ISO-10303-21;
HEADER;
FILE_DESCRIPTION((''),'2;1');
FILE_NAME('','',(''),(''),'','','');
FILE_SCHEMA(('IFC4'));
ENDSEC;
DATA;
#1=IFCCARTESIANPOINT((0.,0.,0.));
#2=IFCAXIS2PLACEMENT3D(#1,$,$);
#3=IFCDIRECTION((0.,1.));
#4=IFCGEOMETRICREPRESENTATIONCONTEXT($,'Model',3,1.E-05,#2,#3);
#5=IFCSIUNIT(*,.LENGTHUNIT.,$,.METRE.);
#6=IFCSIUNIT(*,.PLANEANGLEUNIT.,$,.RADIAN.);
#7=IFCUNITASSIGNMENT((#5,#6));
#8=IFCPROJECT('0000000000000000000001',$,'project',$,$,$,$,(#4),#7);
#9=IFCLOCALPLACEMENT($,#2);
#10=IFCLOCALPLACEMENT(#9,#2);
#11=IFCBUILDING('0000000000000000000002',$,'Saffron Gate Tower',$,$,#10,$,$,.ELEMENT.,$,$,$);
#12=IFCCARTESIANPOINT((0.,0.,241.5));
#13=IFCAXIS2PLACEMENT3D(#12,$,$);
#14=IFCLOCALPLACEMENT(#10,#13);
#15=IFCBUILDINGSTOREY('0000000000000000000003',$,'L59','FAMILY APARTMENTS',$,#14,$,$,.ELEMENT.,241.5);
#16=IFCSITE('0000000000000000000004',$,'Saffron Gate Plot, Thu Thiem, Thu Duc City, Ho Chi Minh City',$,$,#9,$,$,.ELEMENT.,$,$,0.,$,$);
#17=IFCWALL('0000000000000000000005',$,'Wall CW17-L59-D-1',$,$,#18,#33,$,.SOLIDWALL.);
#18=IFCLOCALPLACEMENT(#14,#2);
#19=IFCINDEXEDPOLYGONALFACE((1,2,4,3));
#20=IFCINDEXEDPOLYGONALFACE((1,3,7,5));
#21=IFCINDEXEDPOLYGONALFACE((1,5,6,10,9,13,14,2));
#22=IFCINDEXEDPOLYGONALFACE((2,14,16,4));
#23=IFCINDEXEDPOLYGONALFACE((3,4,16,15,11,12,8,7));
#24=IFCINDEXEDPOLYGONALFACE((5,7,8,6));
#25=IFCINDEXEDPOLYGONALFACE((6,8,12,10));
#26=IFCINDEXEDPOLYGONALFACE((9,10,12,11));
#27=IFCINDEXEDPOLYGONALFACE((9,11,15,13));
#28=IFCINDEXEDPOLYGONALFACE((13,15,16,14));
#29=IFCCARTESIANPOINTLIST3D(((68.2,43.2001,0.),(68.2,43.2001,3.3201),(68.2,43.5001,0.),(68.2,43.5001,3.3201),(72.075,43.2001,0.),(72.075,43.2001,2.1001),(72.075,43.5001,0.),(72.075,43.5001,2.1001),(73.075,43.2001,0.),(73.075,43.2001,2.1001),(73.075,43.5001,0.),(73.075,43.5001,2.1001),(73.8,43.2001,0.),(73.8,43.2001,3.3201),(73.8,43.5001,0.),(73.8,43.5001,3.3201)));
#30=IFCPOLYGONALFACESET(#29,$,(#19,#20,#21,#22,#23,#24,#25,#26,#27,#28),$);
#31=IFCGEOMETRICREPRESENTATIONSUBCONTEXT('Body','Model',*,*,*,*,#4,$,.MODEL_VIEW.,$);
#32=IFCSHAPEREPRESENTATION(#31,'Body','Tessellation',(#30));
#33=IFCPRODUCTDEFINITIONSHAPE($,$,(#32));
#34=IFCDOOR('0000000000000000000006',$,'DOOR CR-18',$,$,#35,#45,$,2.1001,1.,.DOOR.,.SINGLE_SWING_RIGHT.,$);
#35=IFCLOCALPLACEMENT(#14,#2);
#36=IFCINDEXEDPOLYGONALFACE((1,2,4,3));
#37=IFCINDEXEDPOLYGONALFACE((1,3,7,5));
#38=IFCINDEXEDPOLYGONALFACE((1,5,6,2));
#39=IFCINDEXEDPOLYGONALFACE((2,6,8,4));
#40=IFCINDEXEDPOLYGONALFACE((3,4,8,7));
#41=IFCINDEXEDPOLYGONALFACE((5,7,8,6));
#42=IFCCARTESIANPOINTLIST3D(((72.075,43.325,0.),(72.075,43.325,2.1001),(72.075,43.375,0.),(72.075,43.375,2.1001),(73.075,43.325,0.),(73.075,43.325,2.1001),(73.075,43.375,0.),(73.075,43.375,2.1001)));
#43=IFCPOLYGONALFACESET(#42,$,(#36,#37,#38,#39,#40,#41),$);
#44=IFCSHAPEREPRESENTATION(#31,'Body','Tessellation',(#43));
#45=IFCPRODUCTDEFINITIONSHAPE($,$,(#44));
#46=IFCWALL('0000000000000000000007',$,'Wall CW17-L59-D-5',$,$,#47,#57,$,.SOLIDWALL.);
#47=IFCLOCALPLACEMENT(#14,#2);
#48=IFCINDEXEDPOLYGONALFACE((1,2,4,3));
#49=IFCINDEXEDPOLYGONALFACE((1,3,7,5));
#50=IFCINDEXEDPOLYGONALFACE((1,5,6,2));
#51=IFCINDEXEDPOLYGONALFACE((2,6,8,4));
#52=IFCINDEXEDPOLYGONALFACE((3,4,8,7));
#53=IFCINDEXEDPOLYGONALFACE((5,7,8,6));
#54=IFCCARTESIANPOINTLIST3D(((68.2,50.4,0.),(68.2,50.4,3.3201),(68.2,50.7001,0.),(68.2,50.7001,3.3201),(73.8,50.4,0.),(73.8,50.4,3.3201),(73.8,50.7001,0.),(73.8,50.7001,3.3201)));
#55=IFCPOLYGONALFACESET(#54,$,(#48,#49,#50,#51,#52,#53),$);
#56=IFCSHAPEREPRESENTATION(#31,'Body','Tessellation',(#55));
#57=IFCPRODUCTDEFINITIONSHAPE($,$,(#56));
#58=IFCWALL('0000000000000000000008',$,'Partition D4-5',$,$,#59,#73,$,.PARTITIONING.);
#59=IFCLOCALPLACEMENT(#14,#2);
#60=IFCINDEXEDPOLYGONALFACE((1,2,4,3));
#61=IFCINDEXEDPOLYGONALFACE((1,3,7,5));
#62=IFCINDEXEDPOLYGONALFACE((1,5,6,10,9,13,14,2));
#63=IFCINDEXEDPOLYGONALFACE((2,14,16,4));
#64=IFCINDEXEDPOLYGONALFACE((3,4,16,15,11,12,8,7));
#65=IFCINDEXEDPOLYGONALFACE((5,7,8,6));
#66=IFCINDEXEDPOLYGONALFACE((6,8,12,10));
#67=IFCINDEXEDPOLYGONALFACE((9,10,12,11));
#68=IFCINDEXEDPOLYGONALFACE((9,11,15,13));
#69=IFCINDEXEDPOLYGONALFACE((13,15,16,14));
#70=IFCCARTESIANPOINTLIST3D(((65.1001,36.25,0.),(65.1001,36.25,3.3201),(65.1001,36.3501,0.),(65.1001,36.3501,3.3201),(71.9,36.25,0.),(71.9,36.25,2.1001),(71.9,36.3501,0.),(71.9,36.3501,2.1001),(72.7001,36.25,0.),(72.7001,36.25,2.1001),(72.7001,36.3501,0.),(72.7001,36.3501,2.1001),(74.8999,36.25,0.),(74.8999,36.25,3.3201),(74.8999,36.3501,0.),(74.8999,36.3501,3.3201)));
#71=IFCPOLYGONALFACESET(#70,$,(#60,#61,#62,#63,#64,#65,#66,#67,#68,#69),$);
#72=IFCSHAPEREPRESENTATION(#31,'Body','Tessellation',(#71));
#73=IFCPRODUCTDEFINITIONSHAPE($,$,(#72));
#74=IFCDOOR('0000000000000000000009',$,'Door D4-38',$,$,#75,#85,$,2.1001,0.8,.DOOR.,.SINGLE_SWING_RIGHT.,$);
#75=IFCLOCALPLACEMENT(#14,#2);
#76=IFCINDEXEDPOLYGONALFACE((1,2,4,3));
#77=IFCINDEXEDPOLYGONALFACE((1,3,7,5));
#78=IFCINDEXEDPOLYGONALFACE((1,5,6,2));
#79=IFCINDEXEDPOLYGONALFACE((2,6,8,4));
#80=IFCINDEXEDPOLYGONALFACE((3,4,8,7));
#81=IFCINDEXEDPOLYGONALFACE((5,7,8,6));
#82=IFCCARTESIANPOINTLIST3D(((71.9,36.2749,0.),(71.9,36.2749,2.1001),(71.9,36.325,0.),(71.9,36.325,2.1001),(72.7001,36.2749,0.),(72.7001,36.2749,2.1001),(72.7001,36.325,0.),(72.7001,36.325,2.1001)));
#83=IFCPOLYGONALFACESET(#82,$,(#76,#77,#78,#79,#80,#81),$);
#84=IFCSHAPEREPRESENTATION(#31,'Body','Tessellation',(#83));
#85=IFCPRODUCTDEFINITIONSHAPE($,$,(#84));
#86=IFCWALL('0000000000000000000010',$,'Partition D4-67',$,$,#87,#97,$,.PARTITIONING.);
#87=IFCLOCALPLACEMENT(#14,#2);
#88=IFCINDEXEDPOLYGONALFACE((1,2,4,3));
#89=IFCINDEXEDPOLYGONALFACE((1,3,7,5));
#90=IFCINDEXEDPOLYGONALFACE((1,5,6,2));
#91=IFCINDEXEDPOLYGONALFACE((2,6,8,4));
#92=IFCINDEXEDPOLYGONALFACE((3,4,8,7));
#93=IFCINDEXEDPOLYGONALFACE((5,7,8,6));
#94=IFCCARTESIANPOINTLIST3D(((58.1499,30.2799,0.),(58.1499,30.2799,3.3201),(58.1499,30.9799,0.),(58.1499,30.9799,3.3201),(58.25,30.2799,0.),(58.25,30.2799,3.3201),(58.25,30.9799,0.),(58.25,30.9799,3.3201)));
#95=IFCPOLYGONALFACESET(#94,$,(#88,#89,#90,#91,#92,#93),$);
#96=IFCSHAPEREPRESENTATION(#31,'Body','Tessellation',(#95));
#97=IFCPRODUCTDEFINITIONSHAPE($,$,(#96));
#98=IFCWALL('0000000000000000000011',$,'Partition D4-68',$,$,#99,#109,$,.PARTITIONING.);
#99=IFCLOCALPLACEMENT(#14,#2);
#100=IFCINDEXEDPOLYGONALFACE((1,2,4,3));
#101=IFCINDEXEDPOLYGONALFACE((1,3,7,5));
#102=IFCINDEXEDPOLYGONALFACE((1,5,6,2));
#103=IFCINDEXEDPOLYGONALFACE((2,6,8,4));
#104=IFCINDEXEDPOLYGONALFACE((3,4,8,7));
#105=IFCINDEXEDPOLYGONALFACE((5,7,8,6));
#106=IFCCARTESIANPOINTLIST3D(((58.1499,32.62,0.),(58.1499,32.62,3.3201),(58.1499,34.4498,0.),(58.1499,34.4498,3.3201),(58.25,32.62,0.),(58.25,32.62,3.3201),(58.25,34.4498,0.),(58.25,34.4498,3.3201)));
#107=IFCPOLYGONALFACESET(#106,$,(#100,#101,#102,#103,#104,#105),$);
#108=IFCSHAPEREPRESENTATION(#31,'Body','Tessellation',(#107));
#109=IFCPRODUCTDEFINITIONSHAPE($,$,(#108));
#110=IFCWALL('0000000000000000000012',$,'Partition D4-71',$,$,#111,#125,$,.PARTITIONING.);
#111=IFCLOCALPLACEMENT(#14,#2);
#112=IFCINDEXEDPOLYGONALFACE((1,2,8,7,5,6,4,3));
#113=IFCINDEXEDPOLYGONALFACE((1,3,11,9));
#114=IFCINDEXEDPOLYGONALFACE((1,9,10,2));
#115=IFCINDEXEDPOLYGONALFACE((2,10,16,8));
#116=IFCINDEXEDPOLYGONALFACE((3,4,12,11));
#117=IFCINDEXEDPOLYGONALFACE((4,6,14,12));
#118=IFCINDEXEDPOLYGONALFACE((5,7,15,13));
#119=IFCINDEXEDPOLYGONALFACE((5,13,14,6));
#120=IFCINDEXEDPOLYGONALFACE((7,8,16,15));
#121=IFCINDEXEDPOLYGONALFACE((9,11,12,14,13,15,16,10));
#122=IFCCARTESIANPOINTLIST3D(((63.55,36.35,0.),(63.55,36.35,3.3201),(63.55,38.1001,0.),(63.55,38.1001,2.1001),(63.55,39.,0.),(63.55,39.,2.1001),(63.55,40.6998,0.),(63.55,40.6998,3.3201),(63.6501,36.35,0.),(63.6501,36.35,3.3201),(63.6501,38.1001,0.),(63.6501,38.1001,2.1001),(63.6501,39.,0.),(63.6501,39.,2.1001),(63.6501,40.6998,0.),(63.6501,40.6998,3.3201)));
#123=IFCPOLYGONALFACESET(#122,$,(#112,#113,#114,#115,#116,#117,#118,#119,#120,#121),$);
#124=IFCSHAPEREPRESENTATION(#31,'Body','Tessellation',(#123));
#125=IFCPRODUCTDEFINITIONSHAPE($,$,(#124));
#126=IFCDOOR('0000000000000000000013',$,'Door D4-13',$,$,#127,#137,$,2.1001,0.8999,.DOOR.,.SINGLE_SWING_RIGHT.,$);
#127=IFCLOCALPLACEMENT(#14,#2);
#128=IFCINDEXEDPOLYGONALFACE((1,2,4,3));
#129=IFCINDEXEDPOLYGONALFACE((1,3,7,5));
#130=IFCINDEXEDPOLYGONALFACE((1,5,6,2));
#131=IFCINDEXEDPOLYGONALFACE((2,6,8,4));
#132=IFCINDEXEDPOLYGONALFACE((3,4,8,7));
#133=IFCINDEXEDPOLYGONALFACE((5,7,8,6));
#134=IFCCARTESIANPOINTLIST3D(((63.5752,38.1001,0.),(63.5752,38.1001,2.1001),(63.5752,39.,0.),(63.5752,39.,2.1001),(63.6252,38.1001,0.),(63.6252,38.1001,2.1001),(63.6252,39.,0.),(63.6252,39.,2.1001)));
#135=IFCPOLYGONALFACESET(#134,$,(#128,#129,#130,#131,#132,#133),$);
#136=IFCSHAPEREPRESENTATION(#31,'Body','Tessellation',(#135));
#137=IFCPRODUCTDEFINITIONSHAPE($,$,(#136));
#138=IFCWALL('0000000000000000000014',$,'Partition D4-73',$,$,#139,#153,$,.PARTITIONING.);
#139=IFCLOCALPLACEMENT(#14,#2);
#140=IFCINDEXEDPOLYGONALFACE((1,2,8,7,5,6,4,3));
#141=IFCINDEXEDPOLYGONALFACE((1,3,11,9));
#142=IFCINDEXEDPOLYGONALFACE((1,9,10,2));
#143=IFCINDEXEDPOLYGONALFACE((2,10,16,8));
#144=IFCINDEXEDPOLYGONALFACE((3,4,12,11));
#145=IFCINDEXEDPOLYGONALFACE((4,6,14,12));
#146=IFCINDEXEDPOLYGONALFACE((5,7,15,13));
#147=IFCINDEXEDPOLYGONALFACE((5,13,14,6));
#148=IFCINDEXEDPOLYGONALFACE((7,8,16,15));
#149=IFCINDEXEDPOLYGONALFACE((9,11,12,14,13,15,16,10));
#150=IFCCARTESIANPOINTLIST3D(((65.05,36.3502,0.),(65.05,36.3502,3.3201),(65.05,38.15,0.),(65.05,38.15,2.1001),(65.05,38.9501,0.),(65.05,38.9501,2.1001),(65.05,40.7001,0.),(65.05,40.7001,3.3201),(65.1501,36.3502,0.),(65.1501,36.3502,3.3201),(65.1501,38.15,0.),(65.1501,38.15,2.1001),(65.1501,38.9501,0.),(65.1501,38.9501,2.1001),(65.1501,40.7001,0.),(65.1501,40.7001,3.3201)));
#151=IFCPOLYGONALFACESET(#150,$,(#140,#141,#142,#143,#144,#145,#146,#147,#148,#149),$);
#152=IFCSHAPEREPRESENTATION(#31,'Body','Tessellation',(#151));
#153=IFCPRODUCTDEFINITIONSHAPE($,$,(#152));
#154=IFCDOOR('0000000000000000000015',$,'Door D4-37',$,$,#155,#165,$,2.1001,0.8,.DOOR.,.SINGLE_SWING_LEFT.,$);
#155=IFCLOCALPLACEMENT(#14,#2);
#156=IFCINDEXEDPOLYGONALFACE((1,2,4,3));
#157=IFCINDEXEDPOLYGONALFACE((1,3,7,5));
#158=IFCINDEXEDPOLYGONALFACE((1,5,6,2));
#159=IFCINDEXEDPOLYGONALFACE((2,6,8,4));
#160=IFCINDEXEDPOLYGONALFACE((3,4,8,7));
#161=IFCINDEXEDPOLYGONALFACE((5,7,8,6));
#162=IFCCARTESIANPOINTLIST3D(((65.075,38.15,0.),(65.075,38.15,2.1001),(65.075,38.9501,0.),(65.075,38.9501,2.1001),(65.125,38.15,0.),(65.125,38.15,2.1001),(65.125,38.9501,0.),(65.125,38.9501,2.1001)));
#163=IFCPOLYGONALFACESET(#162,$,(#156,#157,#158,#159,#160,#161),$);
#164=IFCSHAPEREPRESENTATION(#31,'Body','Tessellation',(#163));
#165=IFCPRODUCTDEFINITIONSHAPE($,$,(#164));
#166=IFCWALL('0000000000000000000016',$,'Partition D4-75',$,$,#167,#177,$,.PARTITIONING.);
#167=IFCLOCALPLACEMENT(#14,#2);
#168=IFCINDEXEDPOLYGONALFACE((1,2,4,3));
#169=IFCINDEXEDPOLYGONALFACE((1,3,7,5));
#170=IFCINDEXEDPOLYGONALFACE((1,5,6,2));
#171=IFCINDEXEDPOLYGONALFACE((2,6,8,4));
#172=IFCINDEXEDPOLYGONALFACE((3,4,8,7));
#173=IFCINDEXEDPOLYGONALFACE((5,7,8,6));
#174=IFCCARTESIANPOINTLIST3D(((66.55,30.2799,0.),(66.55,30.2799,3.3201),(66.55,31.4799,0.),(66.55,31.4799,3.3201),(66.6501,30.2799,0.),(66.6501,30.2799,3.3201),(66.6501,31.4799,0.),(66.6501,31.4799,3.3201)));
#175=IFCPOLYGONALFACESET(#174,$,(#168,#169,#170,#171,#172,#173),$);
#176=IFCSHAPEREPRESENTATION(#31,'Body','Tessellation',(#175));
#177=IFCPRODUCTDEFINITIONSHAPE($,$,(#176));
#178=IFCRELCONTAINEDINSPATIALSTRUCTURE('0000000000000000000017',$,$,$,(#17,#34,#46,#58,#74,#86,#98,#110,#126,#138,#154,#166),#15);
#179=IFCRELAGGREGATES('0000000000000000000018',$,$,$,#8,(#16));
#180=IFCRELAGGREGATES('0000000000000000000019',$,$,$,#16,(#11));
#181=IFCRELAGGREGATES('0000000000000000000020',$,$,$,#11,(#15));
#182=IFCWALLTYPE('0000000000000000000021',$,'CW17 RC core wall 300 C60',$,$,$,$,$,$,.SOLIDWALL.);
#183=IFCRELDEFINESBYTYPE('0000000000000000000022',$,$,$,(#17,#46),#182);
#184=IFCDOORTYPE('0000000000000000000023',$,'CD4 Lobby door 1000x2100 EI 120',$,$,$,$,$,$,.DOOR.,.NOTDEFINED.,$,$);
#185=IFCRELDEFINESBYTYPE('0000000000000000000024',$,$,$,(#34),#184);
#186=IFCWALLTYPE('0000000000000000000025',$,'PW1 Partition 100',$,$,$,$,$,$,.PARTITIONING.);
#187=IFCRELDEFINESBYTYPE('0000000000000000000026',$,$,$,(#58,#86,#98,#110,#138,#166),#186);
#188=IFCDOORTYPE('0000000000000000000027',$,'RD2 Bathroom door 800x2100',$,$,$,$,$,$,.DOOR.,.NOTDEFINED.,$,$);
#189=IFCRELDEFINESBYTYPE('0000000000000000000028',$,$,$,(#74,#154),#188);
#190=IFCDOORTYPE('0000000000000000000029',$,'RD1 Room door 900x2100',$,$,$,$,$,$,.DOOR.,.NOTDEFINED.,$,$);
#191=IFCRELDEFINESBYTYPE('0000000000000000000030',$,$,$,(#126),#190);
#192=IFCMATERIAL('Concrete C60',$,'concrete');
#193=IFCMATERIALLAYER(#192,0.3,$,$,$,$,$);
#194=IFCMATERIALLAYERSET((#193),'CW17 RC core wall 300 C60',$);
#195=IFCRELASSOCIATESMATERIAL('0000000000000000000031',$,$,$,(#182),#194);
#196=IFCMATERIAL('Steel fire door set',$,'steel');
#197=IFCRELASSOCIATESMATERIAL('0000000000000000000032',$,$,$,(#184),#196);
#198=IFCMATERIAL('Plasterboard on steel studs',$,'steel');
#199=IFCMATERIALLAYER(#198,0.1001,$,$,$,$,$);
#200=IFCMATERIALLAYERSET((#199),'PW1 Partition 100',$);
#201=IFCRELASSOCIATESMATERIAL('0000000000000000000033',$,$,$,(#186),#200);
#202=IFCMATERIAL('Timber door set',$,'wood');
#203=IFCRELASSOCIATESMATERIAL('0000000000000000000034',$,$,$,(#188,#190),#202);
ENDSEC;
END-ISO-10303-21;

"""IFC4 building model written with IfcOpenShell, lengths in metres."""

from ifc_helpers import new_model, si_unit, direction, frame, frame_2d, origin, place, context, subcontext, project, spatial, rectangle, extrude, material, layer, layer_set, type_object, element, fill, save


model = new_model("IFC4")

# Units and contexts
model_context = context("Model", 3, precision=1e-05, world=origin(), true_north=direction((0.0, 1.0)))
body_context = subcontext(model_context, "Body", "Model", "MODEL_VIEW")
ifc_project = project(units=[si_unit("LENGTHUNIT", "METRE"), si_unit("PLANEANGLEUNIT", "RADIAN")], contexts=[model_context])

# Site, building, storey
site_placement = place(None, origin())
site = spatial("IfcSite", under=ifc_project, at=site_placement, Name="Saffron Gate Plot, Thu Thiem, Thu Duc City, Ho Chi Minh City", CompositionType="ELEMENT", RefElevation=0.0)
building_placement = place(site_placement, origin())
building = spatial("IfcBuilding", under=site, at=building_placement, Name="Saffron Gate Tower", CompositionType="ELEMENT")
storey_placement = place(building_placement, frame((0.0, 0.0, 241.5)))
storey = spatial("IfcBuildingStorey", under=building, at=storey_placement, Name="L59", Description="FAMILY APARTMENTS", CompositionType="ELEMENT", Elevation=241.5)

# Shared definitions
ifc_material_1 = material(Name="Concrete C60", Category="concrete")

# Wall, opening, door
ifc_layer_1 = layer(ifc_material_1, 0.3)
ifc_layer_set_1 = layer_set([ifc_layer_1], Name="CW17 RC core wall 300 C60")
wall_type_1 = type_object("IfcWallType", Name="CW17 RC core wall 300 C60", PredefinedType="SOLIDWALL", material=ifc_layer_set_1)
wall_1_placement = place(storey_placement, frame((68.2, 43.3501, 0.0), z_axis=(0.0, 0.0, 1.0), x_axis=(1.0, 0.0, 0.0)))
wall_1 = element("IfcWall", 1, at=wall_1_placement, inside=storey, type_object=wall_type_1, Name="Wall CW17-L59-D-1", PredefinedType="SOLIDWALL", context=body_context, shape_type="SweptSolid", body=[
    extrude(rectangle(XDim=5.6001, YDim=0.3, at=frame_2d((2.8, 0.0))), origin(), (0.0, 0.0, 1.0), 3.3201),
])
opening_1_placement = place(wall_1_placement, frame((3.875, 0.0, 0.0)))
opening_1 = element("IfcOpeningElement", 2, at=opening_1_placement, cuts=wall_1, PredefinedType="OPENING", context=body_context, shape_type="SweptSolid", body=[
    extrude(rectangle(XDim=1.0, YDim=2.1001, at=frame_2d((0.5, 1.05))), frame((0.0, 0.1602, 0.0), z_axis=(0.0, -1.0, 0.0), x_axis=(1.0, 0.0, 0.0)), (0.0, 0.0, 1.0), 0.3201),
])
ifc_material_2 = material(Name="Steel fire door set", Category="steel")
door_type_1 = type_object("IfcDoorType", Name="CD4 Lobby door 1000x2100 EI 120", OperationType="NOTDEFINED", PredefinedType="DOOR", material=ifc_material_2)
door_1_placement = place(opening_1_placement, origin())
door_1 = element("IfcDoor", 3, at=door_1_placement, inside=storey, type_object=door_type_1, Name="DOOR CR-18", OperationType="SINGLE_SWING_RIGHT", OverallHeight=2.1001, OverallWidth=1.0, PredefinedType="DOOR", context=body_context, shape_type="SweptSolid", body=[
    extrude(rectangle(XDim=1.0, YDim=2.1001, at=frame_2d((0.5, 1.05))), frame((0.0, 0.0249, 0.0), z_axis=(0.0, -1.0, 0.0), x_axis=(1.0, 0.0, 0.0)), (0.0, 0.0, 1.0), 0.05),
])
fill(opening_1, door_1)

# Wall
wall_2_placement = place(storey_placement, frame((68.2, 50.55, 0.0), z_axis=(0.0, 0.0, 1.0), x_axis=(1.0, 0.0, 0.0)))
element("IfcWall", 4, at=wall_2_placement, inside=storey, type_object=wall_type_1, Name="Wall CW17-L59-D-5", PredefinedType="SOLIDWALL", context=body_context, shape_type="SweptSolid", body=[
    extrude(rectangle(XDim=5.6001, YDim=0.3, at=frame_2d((2.8, 0.0))), origin(), (0.0, 0.0, 1.0), 3.3201),
])

# Wall, opening, door
ifc_material_3 = material(Name="Plasterboard on steel studs", Category="steel")
ifc_layer_2 = layer(ifc_material_3, 0.1001)
ifc_layer_set_2 = layer_set([ifc_layer_2], Name="PW1 Partition 100")
wall_type_2 = type_object("IfcWallType", Name="PW1 Partition 100", PredefinedType="PARTITIONING", material=ifc_layer_set_2)
wall_3_placement = place(storey_placement, frame((65.1001, 36.3, 0.0), z_axis=(0.0, 0.0, 1.0), x_axis=(1.0, 0.0, 0.0)))
wall_3 = element("IfcWall", 5, at=wall_3_placement, inside=storey, type_object=wall_type_2, Name="Partition D4-5", PredefinedType="PARTITIONING", context=body_context, shape_type="SweptSolid", body=[
    extrude(rectangle(XDim=9.7998, YDim=0.1001, at=frame_2d((4.8999, 0.0))), origin(), (0.0, 0.0, 1.0), 3.3201),
])
opening_2_placement = place(wall_3_placement, frame((6.8, 0.0, 0.0)))
opening_2 = element("IfcOpeningElement", 6, at=opening_2_placement, cuts=wall_3, PredefinedType="OPENING", context=body_context, shape_type="SweptSolid", body=[
    extrude(rectangle(XDim=0.8, YDim=2.1001, at=frame_2d((0.3999, 1.05))), frame((0.0, 0.0601, 0.0), z_axis=(0.0, -1.0, 0.0), x_axis=(1.0, 0.0, 0.0)), (0.0, 0.0, 1.0), 0.1201),
])
ifc_material_4 = material(Name="Timber door set", Category="wood")
door_type_2 = type_object("IfcDoorType", Name="RD2 Bathroom door 800x2100", OperationType="NOTDEFINED", PredefinedType="DOOR", material=ifc_material_4)
door_2_placement = place(opening_2_placement, origin())
door_2 = element("IfcDoor", 7, at=door_2_placement, inside=storey, type_object=door_type_2, Name="Door D4-38", OperationType="SINGLE_SWING_RIGHT", OverallHeight=2.1001, OverallWidth=0.8, PredefinedType="DOOR", context=body_context, shape_type="SweptSolid", body=[
    extrude(rectangle(XDim=0.8, YDim=2.1001, at=frame_2d((0.3999, 1.05))), frame((0.0, 0.0249, 0.0), z_axis=(0.0, -1.0, 0.0), x_axis=(1.0, 0.0, 0.0)), (0.0, 0.0, 1.0), 0.05),
])
fill(opening_2, door_2)

# Walls
wall_4_placement = place(storey_placement, frame((58.2, 30.98, 0.0), z_axis=(0.0, 0.0, 1.0), x_axis=(0.0, -1.0, 0.0)))
element("IfcWall", 8, at=wall_4_placement, inside=storey, type_object=wall_type_2, Name="Partition D4-67", PredefinedType="PARTITIONING", context=body_context, shape_type="SweptSolid", body=[
    extrude(rectangle(XDim=0.7, YDim=0.1001, at=frame_2d((0.3501, 0.0))), origin(), (0.0, 0.0, 1.0), 3.3201),
])
wall_5_placement = place(storey_placement, frame((58.2, 34.45, 0.0), z_axis=(0.0, 0.0, 1.0), x_axis=(0.0, -1.0, 0.0)))
element("IfcWall", 9, at=wall_5_placement, inside=storey, type_object=wall_type_2, Name="Partition D4-68", PredefinedType="PARTITIONING", context=body_context, shape_type="SweptSolid", body=[
    extrude(rectangle(XDim=1.8298, YDim=0.1001, at=frame_2d((0.915, 0.0))), origin(), (0.0, 0.0, 1.0), 3.3201),
])

# Walls, openings, doors
wall_6_placement = place(storey_placement, frame((63.6001, 36.3501, 0.0), z_axis=(0.0, 0.0, 1.0), x_axis=(0.0, 1.0, 0.0)))
wall_6 = element("IfcWall", 10, at=wall_6_placement, inside=storey, type_object=wall_type_2, Name="Partition D4-71", PredefinedType="PARTITIONING", context=body_context, shape_type="SweptSolid", body=[
    extrude(rectangle(XDim=4.3499, YDim=0.1001, at=frame_2d((2.1748, 0.0))), origin(), (0.0, 0.0, 1.0), 3.3201),
])
opening_3_placement = place(wall_6_placement, frame((1.75, 0.0, 0.0)))
opening_3 = element("IfcOpeningElement", 11, at=opening_3_placement, cuts=wall_6, PredefinedType="OPENING", context=body_context, shape_type="SweptSolid", body=[
    extrude(rectangle(XDim=0.8999, YDim=2.1001, at=frame_2d((0.45, 1.05))), frame((0.0, 0.0601, 0.0), z_axis=(0.0, -1.0, 0.0), x_axis=(1.0, 0.0, 0.0)), (0.0, 0.0, 1.0), 0.1201),
])
door_type_3 = type_object("IfcDoorType", Name="RD1 Room door 900x2100", OperationType="NOTDEFINED", PredefinedType="DOOR", material=ifc_material_4)
door_3_placement = place(opening_3_placement, origin())
door_3 = element("IfcDoor", 12, at=door_3_placement, inside=storey, type_object=door_type_3, Name="Door D4-13", OperationType="SINGLE_SWING_RIGHT", OverallHeight=2.1001, OverallWidth=0.8999, PredefinedType="DOOR", context=body_context, shape_type="SweptSolid", body=[
    extrude(rectangle(XDim=0.8999, YDim=2.1001, at=frame_2d((0.45, 1.05))), frame((0.0, 0.0249, 0.0), z_axis=(0.0, -1.0, 0.0), x_axis=(1.0, 0.0, 0.0)), (0.0, 0.0, 1.0), 0.05),
])
fill(opening_3, door_3)
wall_7_placement = place(storey_placement, frame((65.1001, 40.7, 0.0), z_axis=(0.0, 0.0, 1.0), x_axis=(0.0, -1.0, 0.0)))
wall_7 = element("IfcWall", 13, at=wall_7_placement, inside=storey, type_object=wall_type_2, Name="Partition D4-73", PredefinedType="PARTITIONING", context=body_context, shape_type="SweptSolid", body=[
    extrude(rectangle(XDim=4.3499, YDim=0.1001, at=frame_2d((2.1748, 0.0))), origin(), (0.0, 0.0, 1.0), 3.3201),
])
opening_4_placement = place(wall_7_placement, frame((1.75, 0.0, 0.0)))
opening_4 = element("IfcOpeningElement", 14, at=opening_4_placement, cuts=wall_7, PredefinedType="OPENING", context=body_context, shape_type="SweptSolid", body=[
    extrude(rectangle(XDim=0.8, YDim=2.1001, at=frame_2d((0.3999, 1.05))), frame((0.0, 0.0601, 0.0), z_axis=(0.0, -1.0, 0.0), x_axis=(1.0, 0.0, 0.0)), (0.0, 0.0, 1.0), 0.1201),
])
door_4_placement = place(opening_4_placement, origin())
door_4 = element("IfcDoor", 15, at=door_4_placement, inside=storey, type_object=door_type_2, Name="Door D4-37", OperationType="SINGLE_SWING_LEFT", OverallHeight=2.1001, OverallWidth=0.8, PredefinedType="DOOR", context=body_context, shape_type="SweptSolid", body=[
    extrude(rectangle(XDim=0.8, YDim=2.1001, at=frame_2d((0.3999, 1.05))), frame((0.0, 0.0249, 0.0), z_axis=(0.0, -1.0, 0.0), x_axis=(1.0, 0.0, 0.0)), (0.0, 0.0, 1.0), 0.05),
])
fill(opening_4, door_4)

# Wall
wall_8_placement = place(storey_placement, frame((66.6001, 31.48, 0.0), z_axis=(0.0, 0.0, 1.0), x_axis=(0.0, -1.0, 0.0)))
element("IfcWall", 16, at=wall_8_placement, inside=storey, type_object=wall_type_2, Name="Partition D4-75", PredefinedType="PARTITIONING", context=body_context, shape_type="SweptSolid", body=[
    extrude(rectangle(XDim=1.2, YDim=0.1001, at=frame_2d((0.6001, 0.0))), origin(), (0.0, 0.0, 1.0), 3.3201),
])

save(model, "model.ifc")
